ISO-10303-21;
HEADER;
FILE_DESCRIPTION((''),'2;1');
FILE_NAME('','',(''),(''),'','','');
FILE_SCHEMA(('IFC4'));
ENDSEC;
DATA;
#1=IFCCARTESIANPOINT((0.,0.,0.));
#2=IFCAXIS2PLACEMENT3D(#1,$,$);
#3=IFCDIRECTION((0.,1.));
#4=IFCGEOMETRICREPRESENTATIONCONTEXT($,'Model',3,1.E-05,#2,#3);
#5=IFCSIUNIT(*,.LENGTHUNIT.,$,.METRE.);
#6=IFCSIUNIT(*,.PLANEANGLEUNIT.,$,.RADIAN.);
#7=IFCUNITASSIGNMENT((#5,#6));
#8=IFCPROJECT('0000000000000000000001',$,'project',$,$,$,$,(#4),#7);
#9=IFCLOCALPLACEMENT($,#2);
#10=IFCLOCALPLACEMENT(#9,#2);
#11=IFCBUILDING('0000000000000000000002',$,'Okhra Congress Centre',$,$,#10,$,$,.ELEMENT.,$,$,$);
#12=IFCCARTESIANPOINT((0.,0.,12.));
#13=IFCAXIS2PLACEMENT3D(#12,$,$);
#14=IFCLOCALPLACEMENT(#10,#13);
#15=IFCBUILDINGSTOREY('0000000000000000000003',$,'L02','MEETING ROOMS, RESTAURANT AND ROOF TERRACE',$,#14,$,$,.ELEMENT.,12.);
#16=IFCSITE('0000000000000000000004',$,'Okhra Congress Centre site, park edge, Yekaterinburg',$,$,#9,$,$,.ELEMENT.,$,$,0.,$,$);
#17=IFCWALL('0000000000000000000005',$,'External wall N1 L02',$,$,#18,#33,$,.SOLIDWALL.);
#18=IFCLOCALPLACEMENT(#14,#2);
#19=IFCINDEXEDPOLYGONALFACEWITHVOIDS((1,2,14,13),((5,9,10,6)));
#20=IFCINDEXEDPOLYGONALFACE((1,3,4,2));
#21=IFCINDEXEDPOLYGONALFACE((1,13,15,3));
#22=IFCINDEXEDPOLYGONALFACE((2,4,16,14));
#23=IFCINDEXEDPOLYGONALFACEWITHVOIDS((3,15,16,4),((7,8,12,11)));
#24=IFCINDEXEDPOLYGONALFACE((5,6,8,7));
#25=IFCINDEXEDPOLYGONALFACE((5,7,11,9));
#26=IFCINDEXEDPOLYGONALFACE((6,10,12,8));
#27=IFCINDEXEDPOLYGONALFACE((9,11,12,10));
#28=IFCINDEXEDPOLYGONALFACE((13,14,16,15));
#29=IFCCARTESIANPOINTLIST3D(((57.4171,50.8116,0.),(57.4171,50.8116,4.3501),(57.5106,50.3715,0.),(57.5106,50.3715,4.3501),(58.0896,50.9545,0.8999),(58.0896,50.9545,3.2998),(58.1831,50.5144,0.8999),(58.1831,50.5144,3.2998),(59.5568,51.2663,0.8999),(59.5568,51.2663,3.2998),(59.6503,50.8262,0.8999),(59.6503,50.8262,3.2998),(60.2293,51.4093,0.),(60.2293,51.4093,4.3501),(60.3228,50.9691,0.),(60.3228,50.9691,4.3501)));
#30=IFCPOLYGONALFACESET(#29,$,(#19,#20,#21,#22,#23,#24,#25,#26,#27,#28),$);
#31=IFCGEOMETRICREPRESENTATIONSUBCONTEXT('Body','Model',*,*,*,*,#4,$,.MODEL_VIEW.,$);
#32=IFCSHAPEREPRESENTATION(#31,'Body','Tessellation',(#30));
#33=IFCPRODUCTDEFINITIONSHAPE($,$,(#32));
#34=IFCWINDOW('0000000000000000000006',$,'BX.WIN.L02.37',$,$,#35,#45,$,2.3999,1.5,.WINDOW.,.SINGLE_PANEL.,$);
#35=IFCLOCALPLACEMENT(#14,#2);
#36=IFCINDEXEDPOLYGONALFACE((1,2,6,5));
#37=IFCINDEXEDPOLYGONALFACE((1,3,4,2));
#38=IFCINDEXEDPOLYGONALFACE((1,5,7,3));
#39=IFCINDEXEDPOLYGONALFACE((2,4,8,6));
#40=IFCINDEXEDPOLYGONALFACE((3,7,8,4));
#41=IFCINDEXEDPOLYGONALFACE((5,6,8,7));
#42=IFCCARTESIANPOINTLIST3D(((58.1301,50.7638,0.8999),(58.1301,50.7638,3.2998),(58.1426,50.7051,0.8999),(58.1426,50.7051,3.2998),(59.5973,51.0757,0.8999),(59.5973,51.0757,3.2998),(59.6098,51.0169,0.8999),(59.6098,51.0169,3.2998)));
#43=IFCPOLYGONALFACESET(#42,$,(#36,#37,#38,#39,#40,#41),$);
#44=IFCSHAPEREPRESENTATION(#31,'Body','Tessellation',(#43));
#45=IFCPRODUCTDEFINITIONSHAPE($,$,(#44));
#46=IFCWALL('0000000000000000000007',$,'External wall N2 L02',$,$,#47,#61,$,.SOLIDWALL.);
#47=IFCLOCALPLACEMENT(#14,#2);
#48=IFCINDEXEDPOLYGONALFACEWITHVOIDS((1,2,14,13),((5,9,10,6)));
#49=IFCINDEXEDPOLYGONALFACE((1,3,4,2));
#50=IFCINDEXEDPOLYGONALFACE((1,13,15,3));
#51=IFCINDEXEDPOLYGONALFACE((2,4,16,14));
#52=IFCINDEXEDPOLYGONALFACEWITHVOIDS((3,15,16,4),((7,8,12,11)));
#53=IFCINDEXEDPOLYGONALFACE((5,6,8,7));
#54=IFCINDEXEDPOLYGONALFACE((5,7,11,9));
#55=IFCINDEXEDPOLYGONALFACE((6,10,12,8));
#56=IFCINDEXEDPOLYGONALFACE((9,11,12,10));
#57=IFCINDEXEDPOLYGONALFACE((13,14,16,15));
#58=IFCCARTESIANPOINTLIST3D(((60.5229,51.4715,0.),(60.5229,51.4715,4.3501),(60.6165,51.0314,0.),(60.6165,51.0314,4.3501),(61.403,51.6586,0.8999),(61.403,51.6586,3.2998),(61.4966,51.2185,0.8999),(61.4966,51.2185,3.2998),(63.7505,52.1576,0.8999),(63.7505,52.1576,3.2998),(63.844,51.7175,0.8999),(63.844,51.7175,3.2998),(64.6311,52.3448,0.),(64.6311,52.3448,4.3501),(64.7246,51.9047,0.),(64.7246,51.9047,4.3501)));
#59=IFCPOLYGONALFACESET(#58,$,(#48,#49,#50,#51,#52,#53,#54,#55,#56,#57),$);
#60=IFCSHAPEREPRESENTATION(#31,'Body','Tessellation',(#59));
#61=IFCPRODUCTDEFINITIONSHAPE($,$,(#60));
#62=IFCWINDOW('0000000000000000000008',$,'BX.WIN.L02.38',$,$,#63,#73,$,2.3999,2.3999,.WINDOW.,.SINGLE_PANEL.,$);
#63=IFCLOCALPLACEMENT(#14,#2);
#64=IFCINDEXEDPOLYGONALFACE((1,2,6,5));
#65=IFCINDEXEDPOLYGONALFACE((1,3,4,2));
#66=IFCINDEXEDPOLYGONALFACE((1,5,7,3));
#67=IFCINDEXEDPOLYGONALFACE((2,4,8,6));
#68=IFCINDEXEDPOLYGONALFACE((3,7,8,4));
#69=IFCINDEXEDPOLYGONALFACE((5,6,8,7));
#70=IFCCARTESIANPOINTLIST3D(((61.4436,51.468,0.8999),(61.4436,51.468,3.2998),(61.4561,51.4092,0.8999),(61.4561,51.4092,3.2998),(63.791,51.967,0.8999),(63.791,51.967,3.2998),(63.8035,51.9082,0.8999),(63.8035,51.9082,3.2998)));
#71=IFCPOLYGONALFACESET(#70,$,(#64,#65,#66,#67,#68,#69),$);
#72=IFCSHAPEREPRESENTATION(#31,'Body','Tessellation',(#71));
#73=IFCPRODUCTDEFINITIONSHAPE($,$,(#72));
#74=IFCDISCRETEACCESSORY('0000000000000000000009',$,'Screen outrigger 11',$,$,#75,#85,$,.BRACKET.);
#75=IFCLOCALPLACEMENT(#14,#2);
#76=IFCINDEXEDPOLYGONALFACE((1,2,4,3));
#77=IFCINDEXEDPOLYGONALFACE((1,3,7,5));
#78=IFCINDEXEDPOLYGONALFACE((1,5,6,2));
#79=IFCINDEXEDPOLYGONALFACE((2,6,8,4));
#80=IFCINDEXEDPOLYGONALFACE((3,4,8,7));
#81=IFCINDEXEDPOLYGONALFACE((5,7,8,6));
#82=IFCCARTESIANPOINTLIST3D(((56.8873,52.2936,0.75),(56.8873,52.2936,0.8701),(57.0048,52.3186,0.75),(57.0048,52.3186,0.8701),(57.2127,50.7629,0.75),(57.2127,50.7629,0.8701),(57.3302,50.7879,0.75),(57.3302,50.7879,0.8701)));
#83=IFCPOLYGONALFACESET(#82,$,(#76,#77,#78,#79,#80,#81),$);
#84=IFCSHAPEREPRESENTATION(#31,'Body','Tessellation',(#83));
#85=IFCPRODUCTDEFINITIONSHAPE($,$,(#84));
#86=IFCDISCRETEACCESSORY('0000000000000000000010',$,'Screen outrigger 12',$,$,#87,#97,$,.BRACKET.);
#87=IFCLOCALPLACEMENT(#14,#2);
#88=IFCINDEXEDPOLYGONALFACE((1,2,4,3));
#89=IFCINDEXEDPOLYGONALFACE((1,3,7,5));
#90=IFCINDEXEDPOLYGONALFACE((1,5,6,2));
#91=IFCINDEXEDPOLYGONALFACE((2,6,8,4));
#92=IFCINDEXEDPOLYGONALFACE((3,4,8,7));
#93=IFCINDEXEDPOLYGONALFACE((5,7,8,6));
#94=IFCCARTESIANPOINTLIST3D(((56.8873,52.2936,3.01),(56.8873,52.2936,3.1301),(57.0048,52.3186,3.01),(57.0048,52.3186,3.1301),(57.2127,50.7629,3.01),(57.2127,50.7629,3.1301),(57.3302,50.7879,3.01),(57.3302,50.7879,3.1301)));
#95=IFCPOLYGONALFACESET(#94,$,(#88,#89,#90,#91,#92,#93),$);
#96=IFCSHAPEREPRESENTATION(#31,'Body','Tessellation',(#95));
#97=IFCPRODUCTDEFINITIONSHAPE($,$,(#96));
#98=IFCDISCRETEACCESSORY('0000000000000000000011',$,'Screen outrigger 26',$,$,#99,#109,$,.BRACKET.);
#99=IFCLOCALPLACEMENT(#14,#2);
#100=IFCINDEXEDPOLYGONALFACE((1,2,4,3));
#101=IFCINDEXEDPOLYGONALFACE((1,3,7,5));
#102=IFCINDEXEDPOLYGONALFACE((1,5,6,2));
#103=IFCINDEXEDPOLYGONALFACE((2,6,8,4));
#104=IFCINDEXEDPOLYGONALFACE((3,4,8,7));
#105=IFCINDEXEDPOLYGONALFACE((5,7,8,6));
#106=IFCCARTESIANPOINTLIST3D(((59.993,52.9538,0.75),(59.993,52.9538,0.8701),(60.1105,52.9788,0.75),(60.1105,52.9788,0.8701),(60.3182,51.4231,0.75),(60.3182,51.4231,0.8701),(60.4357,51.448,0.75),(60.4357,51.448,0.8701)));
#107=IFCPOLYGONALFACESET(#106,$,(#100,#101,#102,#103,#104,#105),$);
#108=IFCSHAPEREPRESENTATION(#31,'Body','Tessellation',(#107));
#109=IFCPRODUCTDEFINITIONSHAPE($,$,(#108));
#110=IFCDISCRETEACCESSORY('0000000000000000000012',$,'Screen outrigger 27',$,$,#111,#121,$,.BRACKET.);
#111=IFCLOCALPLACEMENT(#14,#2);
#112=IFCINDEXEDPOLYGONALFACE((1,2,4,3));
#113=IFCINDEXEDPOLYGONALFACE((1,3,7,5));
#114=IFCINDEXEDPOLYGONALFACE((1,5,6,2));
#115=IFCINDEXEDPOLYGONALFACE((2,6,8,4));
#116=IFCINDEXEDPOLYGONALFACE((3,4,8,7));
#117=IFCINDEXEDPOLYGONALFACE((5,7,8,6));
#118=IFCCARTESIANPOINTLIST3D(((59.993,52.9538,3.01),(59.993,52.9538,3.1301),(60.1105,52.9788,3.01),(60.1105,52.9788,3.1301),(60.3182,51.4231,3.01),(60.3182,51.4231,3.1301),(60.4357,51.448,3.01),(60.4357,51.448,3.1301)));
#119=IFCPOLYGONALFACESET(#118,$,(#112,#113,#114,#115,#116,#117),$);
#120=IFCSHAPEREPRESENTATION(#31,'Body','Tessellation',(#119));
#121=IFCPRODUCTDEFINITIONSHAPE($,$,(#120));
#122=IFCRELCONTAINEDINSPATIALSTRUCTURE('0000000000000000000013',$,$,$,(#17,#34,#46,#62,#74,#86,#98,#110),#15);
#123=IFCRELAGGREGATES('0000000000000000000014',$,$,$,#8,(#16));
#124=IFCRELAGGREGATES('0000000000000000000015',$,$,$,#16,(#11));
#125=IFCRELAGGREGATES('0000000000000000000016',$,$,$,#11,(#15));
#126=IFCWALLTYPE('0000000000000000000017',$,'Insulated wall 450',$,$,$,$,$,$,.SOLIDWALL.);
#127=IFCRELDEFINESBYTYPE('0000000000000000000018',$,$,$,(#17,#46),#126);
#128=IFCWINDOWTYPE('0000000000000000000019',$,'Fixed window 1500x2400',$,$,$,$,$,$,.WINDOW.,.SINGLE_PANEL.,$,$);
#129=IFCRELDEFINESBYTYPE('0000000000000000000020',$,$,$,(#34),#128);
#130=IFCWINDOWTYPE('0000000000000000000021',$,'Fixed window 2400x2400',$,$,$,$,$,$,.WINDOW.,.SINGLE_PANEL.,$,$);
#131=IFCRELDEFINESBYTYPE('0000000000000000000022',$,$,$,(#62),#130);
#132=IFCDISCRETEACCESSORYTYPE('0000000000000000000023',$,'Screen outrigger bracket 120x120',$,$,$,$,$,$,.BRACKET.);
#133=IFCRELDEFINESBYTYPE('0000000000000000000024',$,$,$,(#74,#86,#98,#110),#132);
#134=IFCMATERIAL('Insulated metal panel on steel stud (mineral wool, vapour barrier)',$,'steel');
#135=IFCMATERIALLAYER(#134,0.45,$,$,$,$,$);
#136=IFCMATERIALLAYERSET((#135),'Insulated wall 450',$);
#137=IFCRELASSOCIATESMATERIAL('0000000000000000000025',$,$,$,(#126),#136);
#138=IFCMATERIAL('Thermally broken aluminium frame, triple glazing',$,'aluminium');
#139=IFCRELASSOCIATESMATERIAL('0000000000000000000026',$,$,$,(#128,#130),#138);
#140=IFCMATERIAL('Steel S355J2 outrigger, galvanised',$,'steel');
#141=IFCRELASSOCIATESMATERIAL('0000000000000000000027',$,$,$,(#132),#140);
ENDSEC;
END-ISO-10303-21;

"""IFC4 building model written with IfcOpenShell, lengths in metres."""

from ifc_helpers import new_model, si_unit, direction, frame, frame_2d, origin, origin_2d, place, context, subcontext, project, spatial, rectangle, extrude, material, layer, layer_set, material_profile, profile_set, type_object, element, fill, save


model = new_model("IFC4")

# Units and contexts
model_context = context("Model", 3, precision=1e-05, world=origin(), true_north=direction((0.0, 1.0)))
body_context = subcontext(model_context, "Body", "Model", "MODEL_VIEW")
ifc_project = project(units=[si_unit("LENGTHUNIT", "METRE"), si_unit("PLANEANGLEUNIT", "RADIAN")], contexts=[model_context])

# Site, building, storey
site_placement = place(None, origin())
site = spatial("IfcSite", under=ifc_project, at=site_placement, Name="Okhra Congress Centre site, park edge, Yekaterinburg", CompositionType="ELEMENT", RefElevation=0.0)
building_placement = place(site_placement, origin())
building = spatial("IfcBuilding", under=site, at=building_placement, Name="Okhra Congress Centre", CompositionType="ELEMENT")
storey_placement = place(building_placement, frame((0.0, 0.0, 12.0)))
storey = spatial("IfcBuildingStorey", under=building, at=storey_placement, Name="L02", Description="MEETING ROOMS, RESTAURANT AND ROOF TERRACE", CompositionType="ELEMENT", Elevation=12.0)

# Walls, openings, windows
ifc_material_1 = material(Name="Insulated metal panel on steel stud (mineral wool, vapour barrier)", Category="steel")
ifc_layer_1 = layer(ifc_material_1, 0.45)
ifc_layer_set_1 = layer_set([ifc_layer_1], Name="Insulated wall 450")
wall_type = type_object("IfcWallType", Name="Insulated wall 450", PredefinedType="SOLIDWALL", material=ifc_layer_set_1)
wall_1_placement = place(storey_placement, frame((57.4639, 50.5916, 0.0), z_axis=(0.0, 0.0, 1.0), x_axis=(0.978155, 0.207876, 0.0)))
wall_1 = element("IfcWall", 1, at=wall_1_placement, inside=storey, type_object=wall_type, Name="External wall N1 L02", PredefinedType="SOLIDWALL", context=body_context, shape_type="SweptSolid", body=[
    extrude(rectangle(XDim=2.875, YDim=0.45, at=frame_2d((1.4375, 0.0))), origin(), (0.0, 0.0, 1.0), 4.3501),
])
opening_1_placement = place(wall_1_placement, frame((0.6875, 0.0, 0.8999)))
opening_1 = element("IfcOpeningElement", 2, at=opening_1_placement, cuts=wall_1, PredefinedType="OPENING", context=body_context, shape_type="SweptSolid", body=[
    extrude(rectangle(XDim=1.5, YDim=2.3999, at=frame_2d((0.75, 1.2))), frame((0.0, 0.2349, 0.0), z_axis=(0.0, -1.0, 0.0), x_axis=(1.0, 0.0, 0.0)), (0.0, 0.0, 1.0), 0.47),
])
ifc_material_2 = material(Name="Thermally broken aluminium frame, triple glazing", Category="aluminium")
window_type_1 = type_object("IfcWindowType", Name="Fixed window 1500x2400", PartitioningType="SINGLE_PANEL", PredefinedType="WINDOW", material=ifc_material_2)
window_1_placement = place(opening_1_placement, origin())
window_1 = element("IfcWindow", 3, at=window_1_placement, inside=storey, type_object=window_type_1, Name="BX.WIN.L02.37", OverallHeight=2.3999, OverallWidth=1.5, PartitioningType="SINGLE_PANEL", PredefinedType="WINDOW", context=body_context, shape_type="SweptSolid", body=[
    extrude(rectangle(XDim=1.5, YDim=2.3999, at=frame_2d((0.75, 1.2))), frame((0.0, 0.03, 0.0), z_axis=(0.0, -1.0, 0.0), x_axis=(1.0, 0.0, 0.0)), (0.0, 0.0, 1.0), 0.0601),
])
fill(opening_1, window_1)
wall_2_placement = place(storey_placement, frame((60.5696, 51.2515, 0.0), z_axis=(0.0, 0.0, 1.0), x_axis=(0.978144, 0.207929, 0.0)))
wall_2 = element("IfcWall", 4, at=wall_2_placement, inside=storey, type_object=wall_type, Name="External wall N2 L02", PredefinedType="SOLIDWALL", context=body_context, shape_type="SweptSolid", body=[
    extrude(rectangle(XDim=4.2, YDim=0.45, at=frame_2d((2.1001, 0.0))), origin(), (0.0, 0.0, 1.0), 4.3501),
])
opening_2_placement = place(wall_2_placement, frame((0.8999, 0.0, 0.8999)))
opening_2 = element("IfcOpeningElement", 5, at=opening_2_placement, cuts=wall_2, PredefinedType="OPENING", context=body_context, shape_type="SweptSolid", body=[
    extrude(rectangle(XDim=2.3999, YDim=2.3999, at=frame_2d((1.2, 1.2))), frame((0.0, 0.2349, 0.0), z_axis=(0.0, -1.0, 0.0), x_axis=(1.0, 0.0, 0.0)), (0.0, 0.0, 1.0), 0.47),
])
window_type_2 = type_object("IfcWindowType", Name="Fixed window 2400x2400", PartitioningType="SINGLE_PANEL", PredefinedType="WINDOW", material=ifc_material_2)
window_2_placement = place(opening_2_placement, origin())
window_2 = element("IfcWindow", 6, at=window_2_placement, inside=storey, type_object=window_type_2, Name="BX.WIN.L02.38", OverallHeight=2.3999, OverallWidth=2.3999, PartitioningType="SINGLE_PANEL", PredefinedType="WINDOW", context=body_context, shape_type="SweptSolid", body=[
    extrude(rectangle(XDim=2.3999, YDim=2.3999, at=frame_2d((1.2, 1.2))), frame((0.0, 0.03, 0.0), z_axis=(0.0, -1.0, 0.0), x_axis=(1.0, 0.0, 0.0)), (0.0, 0.0, 1.0), 0.0601),
])
fill(opening_2, window_2)

# Discrete accessories
ifc_material_3 = material(Name="Steel S355J2 outrigger, galvanised", Category="steel")
ifc_material_profile_1 = material_profile(ifc_material_3, rectangle(XDim=0.1201, YDim=0.1201, at=origin_2d()), Name="Screen outrigger bracket 120x120")
ifc_profile_set_1 = profile_set([ifc_material_profile_1], Name="Steel S355J2 outrigger, galvanised")
discrete_accessory_type = type_object("IfcDiscreteAccessoryType", Name="Screen outrigger bracket 120x120", PredefinedType="BRACKET", material=ifc_profile_set_1)
for number, where, z_axis, x_axis, name in (
    (7, (57.2715, 50.7754, 0.8101), (-0.207952, 0.978139, 0.0), (-0.978139, -0.207952, 0.0), "Screen outrigger 11"),
    (8, (57.2715, 50.7754, 3.0701), (-0.207952, 0.978139, 0.0), (-0.978139, -0.207952, 0.0), "Screen outrigger 12"),
    (9, (60.377, 51.4355, 0.8101), (-0.207803, 0.978171, 0.0), (-0.978171, -0.207803, 0.0), "Screen outrigger 26"),
    (10, (60.377, 51.4355, 3.0701), (-0.207803, 0.978171, 0.0), (-0.978171, -0.207803, 0.0), "Screen outrigger 27"),
):
    element("IfcDiscreteAccessory", number, at=place(storey_placement, frame(where, z_axis=z_axis, x_axis=x_axis)), inside=storey, type_object=discrete_accessory_type, Name=name, PredefinedType="BRACKET", context=body_context, shape_type="SweptSolid", body=[
        extrude(rectangle(XDim=0.1201, YDim=0.1201, at=origin_2d()), origin(), (0.0, 0.0, 1.0), 1.5649),
    ])

save(model, "model.ifc")
